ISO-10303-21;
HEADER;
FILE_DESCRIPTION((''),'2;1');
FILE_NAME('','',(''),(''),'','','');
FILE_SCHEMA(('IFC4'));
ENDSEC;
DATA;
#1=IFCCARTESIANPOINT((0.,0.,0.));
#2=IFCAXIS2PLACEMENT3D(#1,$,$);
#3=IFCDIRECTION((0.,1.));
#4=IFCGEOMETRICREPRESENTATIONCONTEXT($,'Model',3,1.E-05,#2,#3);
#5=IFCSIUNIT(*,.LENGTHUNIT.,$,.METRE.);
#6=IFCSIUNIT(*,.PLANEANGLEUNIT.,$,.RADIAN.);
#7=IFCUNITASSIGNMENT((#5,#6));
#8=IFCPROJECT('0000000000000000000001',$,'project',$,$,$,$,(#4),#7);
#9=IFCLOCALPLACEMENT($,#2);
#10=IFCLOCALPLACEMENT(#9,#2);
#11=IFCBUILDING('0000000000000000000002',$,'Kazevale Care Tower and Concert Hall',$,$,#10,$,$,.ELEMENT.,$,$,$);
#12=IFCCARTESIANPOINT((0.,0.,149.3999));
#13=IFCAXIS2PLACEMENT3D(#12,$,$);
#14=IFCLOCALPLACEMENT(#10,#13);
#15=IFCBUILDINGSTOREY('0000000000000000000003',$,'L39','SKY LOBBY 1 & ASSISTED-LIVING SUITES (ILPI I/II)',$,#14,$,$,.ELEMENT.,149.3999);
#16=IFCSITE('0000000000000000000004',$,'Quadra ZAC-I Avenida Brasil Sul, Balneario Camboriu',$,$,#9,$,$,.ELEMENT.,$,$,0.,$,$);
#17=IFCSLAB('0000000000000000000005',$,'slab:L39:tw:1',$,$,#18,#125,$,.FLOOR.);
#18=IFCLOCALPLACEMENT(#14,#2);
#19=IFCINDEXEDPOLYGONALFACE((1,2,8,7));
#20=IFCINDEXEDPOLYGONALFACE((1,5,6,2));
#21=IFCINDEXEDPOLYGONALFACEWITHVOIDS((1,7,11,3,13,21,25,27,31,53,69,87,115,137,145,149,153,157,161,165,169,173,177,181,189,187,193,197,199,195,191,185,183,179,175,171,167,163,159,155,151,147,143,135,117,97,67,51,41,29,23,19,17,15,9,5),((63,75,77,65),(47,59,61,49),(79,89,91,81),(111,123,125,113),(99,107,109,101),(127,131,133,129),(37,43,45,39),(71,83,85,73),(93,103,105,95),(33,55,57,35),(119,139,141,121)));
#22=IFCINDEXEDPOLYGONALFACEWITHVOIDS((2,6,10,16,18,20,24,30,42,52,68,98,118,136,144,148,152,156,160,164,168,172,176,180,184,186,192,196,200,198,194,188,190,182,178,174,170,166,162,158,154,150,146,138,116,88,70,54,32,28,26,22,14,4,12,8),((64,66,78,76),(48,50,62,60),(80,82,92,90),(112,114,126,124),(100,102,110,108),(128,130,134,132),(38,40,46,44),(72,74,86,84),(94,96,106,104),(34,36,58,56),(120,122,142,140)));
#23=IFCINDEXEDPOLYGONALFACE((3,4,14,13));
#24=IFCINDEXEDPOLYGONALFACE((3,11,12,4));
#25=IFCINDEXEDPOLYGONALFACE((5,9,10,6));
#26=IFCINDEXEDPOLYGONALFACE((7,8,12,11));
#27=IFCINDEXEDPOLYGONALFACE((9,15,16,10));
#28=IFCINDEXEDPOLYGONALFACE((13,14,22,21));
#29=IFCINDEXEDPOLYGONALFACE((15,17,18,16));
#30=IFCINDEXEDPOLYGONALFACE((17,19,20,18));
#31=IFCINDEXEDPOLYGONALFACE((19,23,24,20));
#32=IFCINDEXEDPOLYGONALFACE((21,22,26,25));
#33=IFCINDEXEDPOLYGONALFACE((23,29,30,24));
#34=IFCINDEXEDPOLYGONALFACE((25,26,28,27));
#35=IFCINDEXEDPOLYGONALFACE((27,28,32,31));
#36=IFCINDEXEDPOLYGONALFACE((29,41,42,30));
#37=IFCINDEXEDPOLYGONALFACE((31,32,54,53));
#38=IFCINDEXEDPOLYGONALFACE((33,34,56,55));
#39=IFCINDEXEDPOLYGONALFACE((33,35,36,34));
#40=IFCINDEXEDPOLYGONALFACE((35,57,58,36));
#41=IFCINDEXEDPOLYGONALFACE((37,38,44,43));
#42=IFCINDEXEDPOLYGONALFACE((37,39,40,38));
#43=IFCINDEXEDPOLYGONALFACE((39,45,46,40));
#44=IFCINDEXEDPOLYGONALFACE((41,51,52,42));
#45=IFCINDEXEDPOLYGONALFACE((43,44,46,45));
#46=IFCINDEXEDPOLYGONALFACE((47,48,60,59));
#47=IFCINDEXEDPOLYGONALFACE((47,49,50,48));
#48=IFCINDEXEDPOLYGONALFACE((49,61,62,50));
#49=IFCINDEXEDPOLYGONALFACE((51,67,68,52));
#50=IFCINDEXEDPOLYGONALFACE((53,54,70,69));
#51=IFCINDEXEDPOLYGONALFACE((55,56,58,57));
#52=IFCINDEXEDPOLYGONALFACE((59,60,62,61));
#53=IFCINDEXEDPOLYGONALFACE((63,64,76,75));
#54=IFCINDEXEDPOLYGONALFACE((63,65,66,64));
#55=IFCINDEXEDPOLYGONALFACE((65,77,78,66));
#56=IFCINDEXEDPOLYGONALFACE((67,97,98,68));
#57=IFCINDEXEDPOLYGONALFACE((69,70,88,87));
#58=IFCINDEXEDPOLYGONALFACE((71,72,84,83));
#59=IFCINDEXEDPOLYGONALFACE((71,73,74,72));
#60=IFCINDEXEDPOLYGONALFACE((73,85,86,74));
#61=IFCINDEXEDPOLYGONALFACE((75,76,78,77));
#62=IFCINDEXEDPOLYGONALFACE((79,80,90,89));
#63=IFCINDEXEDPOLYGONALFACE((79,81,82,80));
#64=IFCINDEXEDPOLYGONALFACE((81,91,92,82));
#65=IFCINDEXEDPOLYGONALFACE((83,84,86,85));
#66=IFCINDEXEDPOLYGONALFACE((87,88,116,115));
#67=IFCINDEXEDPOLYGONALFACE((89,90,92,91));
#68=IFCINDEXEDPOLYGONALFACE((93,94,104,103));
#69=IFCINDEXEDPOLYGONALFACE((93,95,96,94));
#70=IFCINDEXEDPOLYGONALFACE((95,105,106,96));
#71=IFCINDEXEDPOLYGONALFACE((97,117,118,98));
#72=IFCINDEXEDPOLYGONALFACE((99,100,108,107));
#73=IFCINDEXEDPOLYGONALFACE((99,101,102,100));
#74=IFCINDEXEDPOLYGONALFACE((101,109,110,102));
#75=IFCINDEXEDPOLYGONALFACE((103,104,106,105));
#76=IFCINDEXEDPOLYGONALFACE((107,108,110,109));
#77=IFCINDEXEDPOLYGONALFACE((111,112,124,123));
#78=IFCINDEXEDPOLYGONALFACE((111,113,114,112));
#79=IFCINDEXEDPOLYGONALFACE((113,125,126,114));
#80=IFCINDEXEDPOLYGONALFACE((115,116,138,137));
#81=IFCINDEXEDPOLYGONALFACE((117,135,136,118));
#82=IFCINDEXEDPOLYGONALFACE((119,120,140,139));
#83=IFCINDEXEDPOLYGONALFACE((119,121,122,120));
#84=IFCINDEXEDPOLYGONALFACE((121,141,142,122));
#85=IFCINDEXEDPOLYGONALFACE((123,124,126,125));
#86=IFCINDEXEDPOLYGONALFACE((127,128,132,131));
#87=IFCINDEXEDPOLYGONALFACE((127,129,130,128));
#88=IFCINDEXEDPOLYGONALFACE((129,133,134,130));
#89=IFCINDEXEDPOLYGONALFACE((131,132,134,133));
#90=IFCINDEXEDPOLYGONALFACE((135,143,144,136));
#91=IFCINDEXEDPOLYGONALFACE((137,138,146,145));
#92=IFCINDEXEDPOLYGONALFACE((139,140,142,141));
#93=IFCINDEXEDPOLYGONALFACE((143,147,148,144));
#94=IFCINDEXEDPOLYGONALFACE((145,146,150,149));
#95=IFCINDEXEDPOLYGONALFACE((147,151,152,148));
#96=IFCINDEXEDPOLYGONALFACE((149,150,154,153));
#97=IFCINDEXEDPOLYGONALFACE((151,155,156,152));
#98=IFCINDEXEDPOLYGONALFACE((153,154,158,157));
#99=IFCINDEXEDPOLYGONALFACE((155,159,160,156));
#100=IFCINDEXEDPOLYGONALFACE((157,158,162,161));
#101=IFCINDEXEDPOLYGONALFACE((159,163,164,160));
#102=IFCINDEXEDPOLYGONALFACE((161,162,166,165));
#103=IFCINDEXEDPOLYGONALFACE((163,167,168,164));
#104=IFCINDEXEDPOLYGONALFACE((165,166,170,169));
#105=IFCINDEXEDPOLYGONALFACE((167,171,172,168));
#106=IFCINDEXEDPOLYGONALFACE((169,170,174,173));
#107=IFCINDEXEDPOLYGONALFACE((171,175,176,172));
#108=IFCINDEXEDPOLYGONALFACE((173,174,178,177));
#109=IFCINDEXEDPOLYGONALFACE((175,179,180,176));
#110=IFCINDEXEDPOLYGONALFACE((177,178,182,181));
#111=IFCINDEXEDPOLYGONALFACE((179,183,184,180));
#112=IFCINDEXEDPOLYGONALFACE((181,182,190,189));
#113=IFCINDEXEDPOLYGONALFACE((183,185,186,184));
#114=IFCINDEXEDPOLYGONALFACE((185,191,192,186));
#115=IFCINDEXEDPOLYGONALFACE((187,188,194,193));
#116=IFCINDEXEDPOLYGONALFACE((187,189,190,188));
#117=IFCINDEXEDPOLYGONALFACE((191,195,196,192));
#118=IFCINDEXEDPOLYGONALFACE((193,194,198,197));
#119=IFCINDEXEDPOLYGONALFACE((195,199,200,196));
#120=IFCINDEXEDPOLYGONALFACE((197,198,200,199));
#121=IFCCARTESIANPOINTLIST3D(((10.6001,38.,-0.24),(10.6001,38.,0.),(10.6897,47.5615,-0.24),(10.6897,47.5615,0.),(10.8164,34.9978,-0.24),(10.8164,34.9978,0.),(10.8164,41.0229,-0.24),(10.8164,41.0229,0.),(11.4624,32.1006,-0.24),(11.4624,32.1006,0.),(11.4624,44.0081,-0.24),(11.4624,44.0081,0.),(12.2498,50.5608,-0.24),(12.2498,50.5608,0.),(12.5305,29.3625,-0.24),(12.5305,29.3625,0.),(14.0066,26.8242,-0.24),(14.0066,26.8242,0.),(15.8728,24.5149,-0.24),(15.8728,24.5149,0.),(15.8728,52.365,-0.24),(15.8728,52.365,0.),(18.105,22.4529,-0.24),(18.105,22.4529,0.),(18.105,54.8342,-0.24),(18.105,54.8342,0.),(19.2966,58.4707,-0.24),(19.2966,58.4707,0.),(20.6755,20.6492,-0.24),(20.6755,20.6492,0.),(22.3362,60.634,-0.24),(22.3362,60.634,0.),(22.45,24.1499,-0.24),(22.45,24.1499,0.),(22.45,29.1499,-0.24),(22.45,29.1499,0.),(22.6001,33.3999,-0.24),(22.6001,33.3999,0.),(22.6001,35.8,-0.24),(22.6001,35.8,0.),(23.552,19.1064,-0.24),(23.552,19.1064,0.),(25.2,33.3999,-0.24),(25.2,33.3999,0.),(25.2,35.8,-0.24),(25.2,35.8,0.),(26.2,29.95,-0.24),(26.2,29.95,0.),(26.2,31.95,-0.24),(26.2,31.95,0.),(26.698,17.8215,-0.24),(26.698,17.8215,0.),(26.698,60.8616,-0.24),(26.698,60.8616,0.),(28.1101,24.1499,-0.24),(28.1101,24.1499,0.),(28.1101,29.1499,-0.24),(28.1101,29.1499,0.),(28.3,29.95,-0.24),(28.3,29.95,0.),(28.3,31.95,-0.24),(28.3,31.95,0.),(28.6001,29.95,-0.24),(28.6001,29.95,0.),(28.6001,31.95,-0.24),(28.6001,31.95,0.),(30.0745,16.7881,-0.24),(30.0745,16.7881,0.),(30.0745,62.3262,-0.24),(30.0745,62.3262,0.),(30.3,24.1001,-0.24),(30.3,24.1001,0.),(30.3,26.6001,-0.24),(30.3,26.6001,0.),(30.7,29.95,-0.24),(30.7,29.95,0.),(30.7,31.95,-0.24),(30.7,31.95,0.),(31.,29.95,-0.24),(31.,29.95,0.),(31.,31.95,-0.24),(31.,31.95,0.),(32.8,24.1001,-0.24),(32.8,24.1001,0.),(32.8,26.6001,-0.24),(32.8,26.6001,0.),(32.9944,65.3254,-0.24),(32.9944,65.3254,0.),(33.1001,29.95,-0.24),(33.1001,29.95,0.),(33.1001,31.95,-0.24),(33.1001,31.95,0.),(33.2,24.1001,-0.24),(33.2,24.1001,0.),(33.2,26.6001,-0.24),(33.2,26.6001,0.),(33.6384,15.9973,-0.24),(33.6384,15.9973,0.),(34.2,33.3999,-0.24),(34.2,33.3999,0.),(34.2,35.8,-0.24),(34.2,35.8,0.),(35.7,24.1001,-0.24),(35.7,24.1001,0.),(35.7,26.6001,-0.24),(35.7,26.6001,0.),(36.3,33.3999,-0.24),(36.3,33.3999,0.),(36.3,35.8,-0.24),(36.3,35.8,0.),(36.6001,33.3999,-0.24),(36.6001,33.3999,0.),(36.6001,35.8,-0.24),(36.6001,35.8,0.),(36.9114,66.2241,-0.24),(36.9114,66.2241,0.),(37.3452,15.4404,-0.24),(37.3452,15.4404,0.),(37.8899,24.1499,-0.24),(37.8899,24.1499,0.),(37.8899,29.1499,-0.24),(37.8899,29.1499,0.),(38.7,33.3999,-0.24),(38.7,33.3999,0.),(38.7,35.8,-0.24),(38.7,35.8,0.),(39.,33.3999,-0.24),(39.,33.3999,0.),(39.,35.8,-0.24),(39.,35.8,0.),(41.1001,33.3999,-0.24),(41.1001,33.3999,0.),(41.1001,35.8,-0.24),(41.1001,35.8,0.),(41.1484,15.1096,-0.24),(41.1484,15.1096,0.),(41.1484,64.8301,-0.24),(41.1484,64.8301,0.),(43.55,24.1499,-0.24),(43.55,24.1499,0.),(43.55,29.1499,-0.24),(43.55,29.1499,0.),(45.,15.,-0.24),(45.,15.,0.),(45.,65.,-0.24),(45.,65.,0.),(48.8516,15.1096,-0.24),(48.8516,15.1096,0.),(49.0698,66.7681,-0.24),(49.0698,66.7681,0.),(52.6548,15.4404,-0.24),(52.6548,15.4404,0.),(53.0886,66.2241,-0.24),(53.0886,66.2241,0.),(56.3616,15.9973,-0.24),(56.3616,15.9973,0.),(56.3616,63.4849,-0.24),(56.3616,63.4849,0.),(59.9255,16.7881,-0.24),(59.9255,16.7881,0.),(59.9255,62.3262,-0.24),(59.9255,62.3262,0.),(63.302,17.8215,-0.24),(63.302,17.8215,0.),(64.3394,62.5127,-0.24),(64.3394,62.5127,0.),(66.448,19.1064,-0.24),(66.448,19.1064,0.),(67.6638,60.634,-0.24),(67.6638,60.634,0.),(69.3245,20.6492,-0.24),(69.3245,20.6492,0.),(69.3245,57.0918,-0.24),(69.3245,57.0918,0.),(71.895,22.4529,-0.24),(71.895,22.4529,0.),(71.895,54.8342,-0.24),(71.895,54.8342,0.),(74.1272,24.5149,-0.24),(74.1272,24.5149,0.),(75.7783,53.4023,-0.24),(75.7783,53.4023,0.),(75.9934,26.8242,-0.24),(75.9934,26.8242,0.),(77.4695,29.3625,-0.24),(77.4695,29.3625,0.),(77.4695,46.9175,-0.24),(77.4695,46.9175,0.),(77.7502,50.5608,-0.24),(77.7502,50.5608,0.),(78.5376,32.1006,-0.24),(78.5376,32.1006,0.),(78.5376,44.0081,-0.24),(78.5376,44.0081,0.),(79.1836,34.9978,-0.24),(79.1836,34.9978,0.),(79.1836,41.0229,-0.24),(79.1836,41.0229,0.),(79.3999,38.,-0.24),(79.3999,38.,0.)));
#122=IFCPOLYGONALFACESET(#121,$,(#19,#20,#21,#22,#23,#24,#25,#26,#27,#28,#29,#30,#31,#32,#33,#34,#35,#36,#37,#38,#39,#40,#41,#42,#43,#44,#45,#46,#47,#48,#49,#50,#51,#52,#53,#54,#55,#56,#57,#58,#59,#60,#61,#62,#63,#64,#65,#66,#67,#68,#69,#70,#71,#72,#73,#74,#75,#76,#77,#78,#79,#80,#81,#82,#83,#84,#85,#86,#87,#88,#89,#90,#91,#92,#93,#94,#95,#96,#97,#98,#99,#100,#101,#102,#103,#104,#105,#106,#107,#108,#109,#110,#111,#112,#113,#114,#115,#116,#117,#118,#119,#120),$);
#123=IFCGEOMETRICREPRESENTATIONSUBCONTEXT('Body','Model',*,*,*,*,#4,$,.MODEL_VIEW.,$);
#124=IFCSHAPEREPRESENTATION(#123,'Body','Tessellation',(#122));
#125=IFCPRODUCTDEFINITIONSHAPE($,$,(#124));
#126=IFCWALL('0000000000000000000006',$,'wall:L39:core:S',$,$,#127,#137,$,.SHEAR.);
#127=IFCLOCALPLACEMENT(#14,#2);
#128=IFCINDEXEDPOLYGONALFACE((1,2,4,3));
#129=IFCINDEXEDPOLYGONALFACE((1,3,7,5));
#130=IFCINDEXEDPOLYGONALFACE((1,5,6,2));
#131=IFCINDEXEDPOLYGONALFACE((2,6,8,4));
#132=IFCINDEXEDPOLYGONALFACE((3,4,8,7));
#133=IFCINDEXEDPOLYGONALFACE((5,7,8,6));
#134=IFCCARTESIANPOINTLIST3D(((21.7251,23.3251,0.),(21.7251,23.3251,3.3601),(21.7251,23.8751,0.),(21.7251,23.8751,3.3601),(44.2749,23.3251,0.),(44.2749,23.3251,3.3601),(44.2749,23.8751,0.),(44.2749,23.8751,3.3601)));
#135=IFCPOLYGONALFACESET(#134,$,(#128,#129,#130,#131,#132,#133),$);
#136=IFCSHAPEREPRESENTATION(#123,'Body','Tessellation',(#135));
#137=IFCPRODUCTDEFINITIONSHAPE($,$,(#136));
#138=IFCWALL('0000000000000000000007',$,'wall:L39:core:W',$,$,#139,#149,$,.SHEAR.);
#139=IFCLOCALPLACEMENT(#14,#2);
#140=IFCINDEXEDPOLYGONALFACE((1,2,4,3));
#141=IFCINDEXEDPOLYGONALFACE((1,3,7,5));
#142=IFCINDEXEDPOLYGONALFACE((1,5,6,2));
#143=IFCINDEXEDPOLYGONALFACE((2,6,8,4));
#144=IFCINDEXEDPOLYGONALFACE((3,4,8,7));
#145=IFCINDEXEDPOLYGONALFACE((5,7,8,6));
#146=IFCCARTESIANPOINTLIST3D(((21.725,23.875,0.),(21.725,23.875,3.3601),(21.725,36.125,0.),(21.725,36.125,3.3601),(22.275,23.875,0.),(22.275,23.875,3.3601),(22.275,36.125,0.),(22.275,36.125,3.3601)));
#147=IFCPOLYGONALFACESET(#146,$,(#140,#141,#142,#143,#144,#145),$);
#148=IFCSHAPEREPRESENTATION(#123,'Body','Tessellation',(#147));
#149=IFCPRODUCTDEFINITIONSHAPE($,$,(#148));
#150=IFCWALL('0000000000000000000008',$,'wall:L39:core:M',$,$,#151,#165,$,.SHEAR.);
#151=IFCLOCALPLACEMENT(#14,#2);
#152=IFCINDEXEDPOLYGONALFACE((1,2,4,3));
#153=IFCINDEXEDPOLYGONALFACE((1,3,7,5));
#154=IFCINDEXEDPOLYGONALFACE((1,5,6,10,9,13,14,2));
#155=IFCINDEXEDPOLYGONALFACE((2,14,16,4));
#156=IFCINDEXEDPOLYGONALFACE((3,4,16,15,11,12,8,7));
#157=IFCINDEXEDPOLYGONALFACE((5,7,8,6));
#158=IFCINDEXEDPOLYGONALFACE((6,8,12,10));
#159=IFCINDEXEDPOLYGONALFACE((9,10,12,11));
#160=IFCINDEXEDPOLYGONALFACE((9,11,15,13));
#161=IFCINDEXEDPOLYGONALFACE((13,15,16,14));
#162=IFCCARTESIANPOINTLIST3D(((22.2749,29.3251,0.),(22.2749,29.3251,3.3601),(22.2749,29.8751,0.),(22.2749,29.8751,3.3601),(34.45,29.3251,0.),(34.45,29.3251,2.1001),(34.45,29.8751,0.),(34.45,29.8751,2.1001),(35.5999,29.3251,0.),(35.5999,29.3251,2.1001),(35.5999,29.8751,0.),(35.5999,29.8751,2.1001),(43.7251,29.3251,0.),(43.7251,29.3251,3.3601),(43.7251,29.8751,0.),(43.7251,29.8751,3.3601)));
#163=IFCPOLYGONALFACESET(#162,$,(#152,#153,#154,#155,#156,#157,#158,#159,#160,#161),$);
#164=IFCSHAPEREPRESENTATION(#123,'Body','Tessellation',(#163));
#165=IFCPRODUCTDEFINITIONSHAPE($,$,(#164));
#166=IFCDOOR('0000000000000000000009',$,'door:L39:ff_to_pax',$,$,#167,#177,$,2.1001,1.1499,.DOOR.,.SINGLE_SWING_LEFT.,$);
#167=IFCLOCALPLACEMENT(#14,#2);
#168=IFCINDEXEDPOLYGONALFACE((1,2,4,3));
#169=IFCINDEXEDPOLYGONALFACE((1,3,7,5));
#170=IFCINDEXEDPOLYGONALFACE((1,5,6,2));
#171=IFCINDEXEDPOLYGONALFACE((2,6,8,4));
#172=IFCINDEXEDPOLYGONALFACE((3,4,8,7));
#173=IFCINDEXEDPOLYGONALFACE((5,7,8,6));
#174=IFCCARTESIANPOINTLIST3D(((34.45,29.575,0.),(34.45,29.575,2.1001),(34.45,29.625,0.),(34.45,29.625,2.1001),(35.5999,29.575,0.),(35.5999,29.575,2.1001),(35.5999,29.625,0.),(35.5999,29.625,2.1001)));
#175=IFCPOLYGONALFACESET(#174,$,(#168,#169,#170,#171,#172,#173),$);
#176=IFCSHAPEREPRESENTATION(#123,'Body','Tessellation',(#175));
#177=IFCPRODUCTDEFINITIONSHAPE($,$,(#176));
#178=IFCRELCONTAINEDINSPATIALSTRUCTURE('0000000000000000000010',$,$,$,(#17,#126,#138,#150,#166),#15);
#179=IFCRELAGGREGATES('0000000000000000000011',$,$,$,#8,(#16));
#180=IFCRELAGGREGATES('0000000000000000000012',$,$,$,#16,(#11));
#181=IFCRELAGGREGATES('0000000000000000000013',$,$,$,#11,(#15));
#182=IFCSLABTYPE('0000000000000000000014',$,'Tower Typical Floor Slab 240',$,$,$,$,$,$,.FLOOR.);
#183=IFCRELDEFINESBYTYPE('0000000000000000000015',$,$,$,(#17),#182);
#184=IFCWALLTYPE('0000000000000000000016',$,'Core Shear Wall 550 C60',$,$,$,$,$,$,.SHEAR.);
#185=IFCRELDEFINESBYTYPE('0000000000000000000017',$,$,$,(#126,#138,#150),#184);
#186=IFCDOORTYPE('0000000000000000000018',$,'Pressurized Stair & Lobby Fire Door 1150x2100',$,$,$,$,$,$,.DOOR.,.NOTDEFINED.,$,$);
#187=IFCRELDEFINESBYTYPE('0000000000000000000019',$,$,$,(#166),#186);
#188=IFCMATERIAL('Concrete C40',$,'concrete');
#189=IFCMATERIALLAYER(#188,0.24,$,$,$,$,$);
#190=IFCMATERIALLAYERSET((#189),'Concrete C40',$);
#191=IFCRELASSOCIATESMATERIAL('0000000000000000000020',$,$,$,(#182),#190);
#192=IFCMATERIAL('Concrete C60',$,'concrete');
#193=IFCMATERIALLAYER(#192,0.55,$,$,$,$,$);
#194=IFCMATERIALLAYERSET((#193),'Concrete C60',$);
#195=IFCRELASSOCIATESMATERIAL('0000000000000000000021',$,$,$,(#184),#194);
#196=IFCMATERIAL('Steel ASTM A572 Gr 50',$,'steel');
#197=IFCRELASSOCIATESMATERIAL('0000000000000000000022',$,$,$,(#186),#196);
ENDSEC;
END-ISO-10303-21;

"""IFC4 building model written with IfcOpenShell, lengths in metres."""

from ifc_helpers import new_model, si_unit, direction, frame, frame_2d, origin, place, context, subcontext, project, spatial, polyline, rectangle, outline, extrude, material, layer, layer_set, type_object, element, fill, save


model = new_model("IFC4")

# Units and contexts
model_context = context("Model", 3, precision=1e-05, world=origin(), true_north=direction((0.0, 1.0)))
body_context = subcontext(model_context, "Body", "Model", "MODEL_VIEW")
ifc_project = project(units=[si_unit("LENGTHUNIT", "METRE"), si_unit("PLANEANGLEUNIT", "RADIAN")], contexts=[model_context])

# Site, building, storey
site_placement = place(None, origin())
site = spatial("IfcSite", under=ifc_project, at=site_placement, Name="Quadra ZAC-I Avenida Brasil Sul, Balneario Camboriu", CompositionType="ELEMENT", RefElevation=0.0)
building_placement = place(site_placement, origin())
building = spatial("IfcBuilding", under=site, at=building_placement, Name="Kazevale Care Tower and Concert Hall", CompositionType="ELEMENT")
storey_placement = place(building_placement, frame((0.0, 0.0, 149.3999)))
storey = spatial("IfcBuildingStorey", under=building, at=storey_placement, Name="L39", Description="SKY LOBBY 1 & ASSISTED-LIVING SUITES (ILPI I/II)", CompositionType="ELEMENT", Elevation=149.3999)

# Shared definitions
ifc_material_1 = material(Name="Concrete C60", Category="concrete")

# Shared definitions
ifc_material_2 = material(Name="Steel ASTM A572 Gr 50", Category="steel")

# Shared definitions
ifc_material_3 = material(Name="Concrete C40", Category="concrete")

# Slab
ifc_layer_1 = layer(ifc_material_3, 0.24)
ifc_layer_set_1 = layer_set([ifc_layer_1], Name="Concrete C40")
slab_type_1 = type_object("IfcSlabType", Name="Tower Typical Floor Slab 240", PredefinedType="FLOOR", material=ifc_layer_set_1)
slab_1_placement = place(storey_placement, frame((0.0, 0.0, -0.24)))
element("IfcSlab", 1, at=slab_1_placement, inside=storey, type_object=slab_type_1, Name="slab:L39:tw:1", PredefinedType="FLOOR", context=body_context, shape_type="SweptSolid", body=[
    extrude(outline(polyline([(79.3999, 38.0), (79.1836, 41.0229), (78.5376, 44.0081), (77.4695, 46.9175), (77.7502, 50.5608), (75.7783, 53.4023), (71.895, 54.8342), (69.3245, 57.0918), (67.6638, 60.634), (64.3394, 62.5127), (59.9255, 62.3262), (56.3616, 63.4849), (53.0886, 66.2241), (49.0698, 66.7681), (45.0, 65.0), (41.1484, 64.8301), (36.9114, 66.2241), (32.9944, 65.3254), (30.0745, 62.3262), (26.698, 60.8616), (22.3362, 60.634), (19.2966, 58.4707), (18.105, 54.8342), (15.8728, 52.365), (12.2498, 50.5608), (10.6897, 47.5615), (11.4624, 44.0081), (10.8164, 41.0229), (10.6001, 38.0), (10.8164, 34.9978), (11.4624, 32.1006), (12.5305, 29.3625), (14.0066, 26.8242), (15.8728, 24.5149), (18.105, 22.4529), (20.6755, 20.6492), (23.552, 19.1064), (26.698, 17.8215), (30.0745, 16.7881), (33.6384, 15.9973), (37.3452, 15.4404), (41.1484, 15.1096), (45.0, 15.0), (48.8516, 15.1096), (52.6548, 15.4404), (56.3616, 15.9973), (59.9255, 16.7881), (63.302, 17.8215), (66.448, 19.1064), (69.3245, 20.6492), (71.895, 22.4529), (74.1272, 24.5149), (75.9934, 26.8242), (77.4695, 29.3625), (78.5376, 32.1006), (79.1836, 34.9978), (79.3999, 38.0)]), holes=[polyline([(22.45, 24.1499), (28.1101, 24.1499), (28.1101, 29.1499), (22.45, 29.1499), (22.45, 24.1499)]), polyline([(37.8899, 24.1499), (43.55, 24.1499), (43.55, 29.1499), (37.8899, 29.1499), (37.8899, 24.1499)]), polyline([(30.3, 24.1001), (32.8, 24.1001), (32.8, 26.6001), (30.3, 26.6001), (30.3, 24.1001)]), polyline([(33.2, 24.1001), (35.7, 24.1001), (35.7, 26.6001), (33.2, 26.6001), (33.2, 24.1001)]), polyline([(22.6001, 33.3999), (25.2, 33.3999), (25.2, 35.8), (22.6001, 35.8), (22.6001, 33.3999)]), polyline([(34.2, 33.3999), (36.3, 33.3999), (36.3, 35.8), (34.2, 35.8), (34.2, 33.3999)]), polyline([(36.6001, 33.3999), (38.7, 33.3999), (38.7, 35.8), (36.6001, 35.8), (36.6001, 33.3999)]), polyline([(39.0, 33.3999), (41.1001, 33.3999), (41.1001, 35.8), (39.0, 35.8), (39.0, 33.3999)]), polyline([(26.2, 29.95), (28.3, 29.95), (28.3, 31.95), (26.2, 31.95), (26.2, 29.95)]), polyline([(28.6001, 29.95), (30.7, 29.95), (30.7, 31.95), (28.6001, 31.95), (28.6001, 29.95)]), polyline([(31.0, 29.95), (33.1001, 29.95), (33.1001, 31.95), (31.0, 31.95), (31.0, 29.95)])]), origin(), (0.0, 0.0, 1.0), 0.24),
])

# Walls
ifc_layer_2 = layer(ifc_material_1, 0.55)
ifc_layer_set_2 = layer_set([ifc_layer_2], Name="Concrete C60")
wall_type_1 = type_object("IfcWallType", Name="Core Shear Wall 550 C60", PredefinedType="SHEAR", material=ifc_layer_set_2)
wall_1_placement = place(storey_placement, frame((21.7251, 23.6001, 0.0), z_axis=(0.0, 0.0, 1.0), x_axis=(1.0, 0.0, 0.0)))
element("IfcWall", 2, at=wall_1_placement, inside=storey, type_object=wall_type_1, Name="wall:L39:core:S", PredefinedType="SHEAR", context=body_context, shape_type="SweptSolid", body=[
    extrude(rectangle(XDim=22.5498, YDim=0.55, at=frame_2d((11.2749, 0.0))), origin(), (0.0, 0.0, 1.0), 3.3601),
])
wall_2_placement = place(storey_placement, frame((22.0, 23.875, 0.0), z_axis=(0.0, 0.0, 1.0), x_axis=(0.0, 1.0, 0.0)))
element("IfcWall", 3, at=wall_2_placement, inside=storey, type_object=wall_type_1, Name="wall:L39:core:W", PredefinedType="SHEAR", context=body_context, shape_type="SweptSolid", body=[
    extrude(rectangle(XDim=12.25, YDim=0.55, at=frame_2d((6.125, 0.0))), origin(), (0.0, 0.0, 1.0), 3.3601),
])

# Wall, opening, door
wall_3_placement = place(storey_placement, frame((22.2749, 29.6001, 0.0), z_axis=(0.0, 0.0, 1.0), x_axis=(1.0, 0.0, 0.0)))
wall_3 = element("IfcWall", 4, at=wall_3_placement, inside=storey, type_object=wall_type_1, Name="wall:L39:core:M", PredefinedType="SHEAR", context=body_context, shape_type="SweptSolid", body=[
    extrude(rectangle(XDim=21.4502, YDim=0.55, at=frame_2d((10.7251, 0.0))), origin(), (0.0, 0.0, 1.0), 3.3601),
])
opening_1_placement = place(wall_3_placement, frame((12.175, 0.0, 0.0)))
opening_1 = element("IfcOpeningElement", 5, at=opening_1_placement, cuts=wall_3, PredefinedType="OPENING", context=body_context, shape_type="SweptSolid", body=[
    extrude(rectangle(XDim=1.1499, YDim=2.1001, at=frame_2d((0.575, 1.05))), frame((0.0, 0.2849, 0.0), z_axis=(0.0, -1.0, 0.0), x_axis=(1.0, 0.0, 0.0)), (0.0, 0.0, 1.0), 0.5701),
])
door_type_1 = type_object("IfcDoorType", Name="Pressurized Stair & Lobby Fire Door 1150x2100", OperationType="NOTDEFINED", PredefinedType="DOOR", material=ifc_material_2)
door_1_placement = place(opening_1_placement, origin())
door_1 = element("IfcDoor", 6, at=door_1_placement, inside=storey, type_object=door_type_1, Name="door:L39:ff_to_pax", OperationType="SINGLE_SWING_LEFT", OverallHeight=2.1001, OverallWidth=1.1499, PredefinedType="DOOR", context=body_context, shape_type="SweptSolid", body=[
    extrude(rectangle(XDim=1.1499, YDim=2.1001, at=frame_2d((0.575, 1.05))), frame((0.0, 0.0249, 0.0), z_axis=(0.0, -1.0, 0.0), x_axis=(1.0, 0.0, 0.0)), (0.0, 0.0, 1.0), 0.05),
])
fill(opening_1, door_1)

save(model, "model.ifc")
